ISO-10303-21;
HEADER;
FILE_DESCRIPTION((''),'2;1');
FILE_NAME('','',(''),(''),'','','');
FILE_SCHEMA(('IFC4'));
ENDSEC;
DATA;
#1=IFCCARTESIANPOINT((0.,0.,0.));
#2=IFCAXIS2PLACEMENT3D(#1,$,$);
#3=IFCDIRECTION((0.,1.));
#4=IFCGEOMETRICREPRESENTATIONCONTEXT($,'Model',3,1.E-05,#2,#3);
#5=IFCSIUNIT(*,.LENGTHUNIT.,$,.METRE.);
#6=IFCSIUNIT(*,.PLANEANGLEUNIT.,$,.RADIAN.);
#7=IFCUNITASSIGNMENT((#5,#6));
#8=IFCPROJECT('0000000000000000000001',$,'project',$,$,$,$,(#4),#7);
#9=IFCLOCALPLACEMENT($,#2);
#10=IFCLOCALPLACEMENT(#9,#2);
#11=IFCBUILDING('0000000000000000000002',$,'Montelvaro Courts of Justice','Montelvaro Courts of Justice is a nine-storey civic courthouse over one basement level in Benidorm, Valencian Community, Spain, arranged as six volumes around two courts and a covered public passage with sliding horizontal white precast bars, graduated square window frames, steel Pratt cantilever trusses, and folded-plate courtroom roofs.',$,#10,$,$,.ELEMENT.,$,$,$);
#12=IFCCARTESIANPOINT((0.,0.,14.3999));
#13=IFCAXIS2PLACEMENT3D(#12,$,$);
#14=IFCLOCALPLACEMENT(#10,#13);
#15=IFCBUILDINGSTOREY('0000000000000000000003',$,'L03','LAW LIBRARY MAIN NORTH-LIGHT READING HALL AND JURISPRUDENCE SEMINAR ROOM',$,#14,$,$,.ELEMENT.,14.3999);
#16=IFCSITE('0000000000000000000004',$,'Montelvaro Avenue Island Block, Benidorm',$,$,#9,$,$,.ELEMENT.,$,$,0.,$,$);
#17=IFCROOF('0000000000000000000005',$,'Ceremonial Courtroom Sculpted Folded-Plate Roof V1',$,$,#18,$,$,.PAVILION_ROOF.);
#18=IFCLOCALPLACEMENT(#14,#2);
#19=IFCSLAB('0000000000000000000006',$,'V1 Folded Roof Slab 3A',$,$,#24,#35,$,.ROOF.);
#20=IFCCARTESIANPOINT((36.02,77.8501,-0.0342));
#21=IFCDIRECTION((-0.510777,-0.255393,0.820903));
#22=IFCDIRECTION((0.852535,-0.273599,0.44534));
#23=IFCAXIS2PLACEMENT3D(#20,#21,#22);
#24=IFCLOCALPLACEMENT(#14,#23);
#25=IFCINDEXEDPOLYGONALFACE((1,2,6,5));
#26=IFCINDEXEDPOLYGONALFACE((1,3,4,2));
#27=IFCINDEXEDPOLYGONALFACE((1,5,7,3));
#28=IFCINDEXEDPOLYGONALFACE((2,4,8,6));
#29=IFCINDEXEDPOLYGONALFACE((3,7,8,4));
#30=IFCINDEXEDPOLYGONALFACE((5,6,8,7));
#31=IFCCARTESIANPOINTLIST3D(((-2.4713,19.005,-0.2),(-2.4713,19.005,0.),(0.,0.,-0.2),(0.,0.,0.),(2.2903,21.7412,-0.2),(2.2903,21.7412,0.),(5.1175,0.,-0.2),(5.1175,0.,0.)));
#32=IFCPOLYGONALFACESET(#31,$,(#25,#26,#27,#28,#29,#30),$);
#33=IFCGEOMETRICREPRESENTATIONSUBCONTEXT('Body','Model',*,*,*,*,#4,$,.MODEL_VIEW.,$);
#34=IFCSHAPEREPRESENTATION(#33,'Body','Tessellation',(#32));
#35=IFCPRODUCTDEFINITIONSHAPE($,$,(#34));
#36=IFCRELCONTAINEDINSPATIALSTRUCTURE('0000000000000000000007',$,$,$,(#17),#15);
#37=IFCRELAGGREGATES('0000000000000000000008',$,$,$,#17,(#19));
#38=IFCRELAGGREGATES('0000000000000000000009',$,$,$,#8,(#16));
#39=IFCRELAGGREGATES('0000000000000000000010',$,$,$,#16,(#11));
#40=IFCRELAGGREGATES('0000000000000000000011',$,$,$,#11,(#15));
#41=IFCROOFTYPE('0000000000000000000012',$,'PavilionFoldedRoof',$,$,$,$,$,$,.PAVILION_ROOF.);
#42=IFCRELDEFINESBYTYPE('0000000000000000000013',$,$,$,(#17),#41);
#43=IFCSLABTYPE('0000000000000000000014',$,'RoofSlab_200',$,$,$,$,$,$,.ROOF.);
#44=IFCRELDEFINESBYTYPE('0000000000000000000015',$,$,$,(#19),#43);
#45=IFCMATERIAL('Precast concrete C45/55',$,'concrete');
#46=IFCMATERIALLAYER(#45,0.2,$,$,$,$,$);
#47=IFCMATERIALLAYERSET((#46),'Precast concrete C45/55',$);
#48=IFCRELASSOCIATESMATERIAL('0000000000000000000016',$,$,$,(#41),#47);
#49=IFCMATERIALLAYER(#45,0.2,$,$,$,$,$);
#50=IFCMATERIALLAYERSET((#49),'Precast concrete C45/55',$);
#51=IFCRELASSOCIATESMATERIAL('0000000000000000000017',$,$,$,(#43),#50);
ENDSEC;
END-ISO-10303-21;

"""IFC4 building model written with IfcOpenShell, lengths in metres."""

from ifc_helpers import new_model, si_unit, direction, frame, origin, place, context, subcontext, project, spatial, polyline, outline, extrude, material, layer, layer_set, type_object, element, aggregate, save


model = new_model("IFC4")

# Units and contexts
model_context = context("Model", 3, precision=1e-05, world=origin(), true_north=direction((0.0, 1.0)))
body_context = subcontext(model_context, "Body", "Model", "MODEL_VIEW")
ifc_project = project(units=[si_unit("LENGTHUNIT", "METRE"), si_unit("PLANEANGLEUNIT", "RADIAN")], contexts=[model_context])

# Site, building, storey
site_placement = place(None, origin())
site = spatial("IfcSite", under=ifc_project, at=site_placement, Name="Montelvaro Avenue Island Block, Benidorm", CompositionType="ELEMENT", RefElevation=0.0)
building_placement = place(site_placement, origin())
building = spatial("IfcBuilding", under=site, at=building_placement, Name="Montelvaro Courts of Justice", Description="Montelvaro Courts of Justice is a nine-storey civic courthouse over one basement level in Benidorm, Valencian Community, Spain, arranged as six volumes around two courts and a covered public passage with sliding horizontal white precast bars, graduated square window frames, steel Pratt cantilever trusses, and folded-plate courtroom roofs.", CompositionType="ELEMENT")
storey_placement = place(building_placement, frame((0.0, 0.0, 14.3999)))
storey = spatial("IfcBuildingStorey", under=building, at=storey_placement, Name="L03", Description="LAW LIBRARY MAIN NORTH-LIGHT READING HALL AND JURISPRUDENCE SEMINAR ROOM", CompositionType="ELEMENT", Elevation=14.3999)

# Roof, slab
ifc_material_1 = material(Name="Precast concrete C45/55", Category="concrete")
ifc_layer_1 = layer(ifc_material_1, 0.2)
ifc_layer_set_1 = layer_set([ifc_layer_1], Name="Precast concrete C45/55")
roof_type = type_object("IfcRoofType", Name="PavilionFoldedRoof", PredefinedType="PAVILION_ROOF", material=ifc_layer_set_1)
roof_placement = place(storey_placement, origin())
roof = element("IfcRoof", 1, at=roof_placement, inside=storey, type_object=roof_type, Name="Ceremonial Courtroom Sculpted Folded-Plate Roof V1", PredefinedType="PAVILION_ROOF")
ifc_layer_2 = layer(ifc_material_1, 0.2)
ifc_layer_set_2 = layer_set([ifc_layer_2], Name="Precast concrete C45/55")
slab_type = type_object("IfcSlabType", Name="RoofSlab_200", PredefinedType="ROOF", material=ifc_layer_set_2)
slab_1_placement = place(storey_placement, frame((36.02, 77.8501, -0.0342), z_axis=(-0.510777, -0.255393, 0.820903), x_axis=(0.852535, -0.273599, 0.44534)))
slab_1 = element("IfcSlab", 2, at=slab_1_placement, type_object=slab_type, Name="V1 Folded Roof Slab 3A", PredefinedType="ROOF", context=body_context, shape_type="SweptSolid", body=[
    extrude(outline(polyline([(0.0, 0.0), (5.1175, 0.0), (2.2903, 21.7412), (-2.4713, 19.005), (0.0, 0.0)])), origin(), (0.0, 0.0, -1.0), 0.2),
])
aggregate(roof, [slab_1])

save(model, "model.ifc")
